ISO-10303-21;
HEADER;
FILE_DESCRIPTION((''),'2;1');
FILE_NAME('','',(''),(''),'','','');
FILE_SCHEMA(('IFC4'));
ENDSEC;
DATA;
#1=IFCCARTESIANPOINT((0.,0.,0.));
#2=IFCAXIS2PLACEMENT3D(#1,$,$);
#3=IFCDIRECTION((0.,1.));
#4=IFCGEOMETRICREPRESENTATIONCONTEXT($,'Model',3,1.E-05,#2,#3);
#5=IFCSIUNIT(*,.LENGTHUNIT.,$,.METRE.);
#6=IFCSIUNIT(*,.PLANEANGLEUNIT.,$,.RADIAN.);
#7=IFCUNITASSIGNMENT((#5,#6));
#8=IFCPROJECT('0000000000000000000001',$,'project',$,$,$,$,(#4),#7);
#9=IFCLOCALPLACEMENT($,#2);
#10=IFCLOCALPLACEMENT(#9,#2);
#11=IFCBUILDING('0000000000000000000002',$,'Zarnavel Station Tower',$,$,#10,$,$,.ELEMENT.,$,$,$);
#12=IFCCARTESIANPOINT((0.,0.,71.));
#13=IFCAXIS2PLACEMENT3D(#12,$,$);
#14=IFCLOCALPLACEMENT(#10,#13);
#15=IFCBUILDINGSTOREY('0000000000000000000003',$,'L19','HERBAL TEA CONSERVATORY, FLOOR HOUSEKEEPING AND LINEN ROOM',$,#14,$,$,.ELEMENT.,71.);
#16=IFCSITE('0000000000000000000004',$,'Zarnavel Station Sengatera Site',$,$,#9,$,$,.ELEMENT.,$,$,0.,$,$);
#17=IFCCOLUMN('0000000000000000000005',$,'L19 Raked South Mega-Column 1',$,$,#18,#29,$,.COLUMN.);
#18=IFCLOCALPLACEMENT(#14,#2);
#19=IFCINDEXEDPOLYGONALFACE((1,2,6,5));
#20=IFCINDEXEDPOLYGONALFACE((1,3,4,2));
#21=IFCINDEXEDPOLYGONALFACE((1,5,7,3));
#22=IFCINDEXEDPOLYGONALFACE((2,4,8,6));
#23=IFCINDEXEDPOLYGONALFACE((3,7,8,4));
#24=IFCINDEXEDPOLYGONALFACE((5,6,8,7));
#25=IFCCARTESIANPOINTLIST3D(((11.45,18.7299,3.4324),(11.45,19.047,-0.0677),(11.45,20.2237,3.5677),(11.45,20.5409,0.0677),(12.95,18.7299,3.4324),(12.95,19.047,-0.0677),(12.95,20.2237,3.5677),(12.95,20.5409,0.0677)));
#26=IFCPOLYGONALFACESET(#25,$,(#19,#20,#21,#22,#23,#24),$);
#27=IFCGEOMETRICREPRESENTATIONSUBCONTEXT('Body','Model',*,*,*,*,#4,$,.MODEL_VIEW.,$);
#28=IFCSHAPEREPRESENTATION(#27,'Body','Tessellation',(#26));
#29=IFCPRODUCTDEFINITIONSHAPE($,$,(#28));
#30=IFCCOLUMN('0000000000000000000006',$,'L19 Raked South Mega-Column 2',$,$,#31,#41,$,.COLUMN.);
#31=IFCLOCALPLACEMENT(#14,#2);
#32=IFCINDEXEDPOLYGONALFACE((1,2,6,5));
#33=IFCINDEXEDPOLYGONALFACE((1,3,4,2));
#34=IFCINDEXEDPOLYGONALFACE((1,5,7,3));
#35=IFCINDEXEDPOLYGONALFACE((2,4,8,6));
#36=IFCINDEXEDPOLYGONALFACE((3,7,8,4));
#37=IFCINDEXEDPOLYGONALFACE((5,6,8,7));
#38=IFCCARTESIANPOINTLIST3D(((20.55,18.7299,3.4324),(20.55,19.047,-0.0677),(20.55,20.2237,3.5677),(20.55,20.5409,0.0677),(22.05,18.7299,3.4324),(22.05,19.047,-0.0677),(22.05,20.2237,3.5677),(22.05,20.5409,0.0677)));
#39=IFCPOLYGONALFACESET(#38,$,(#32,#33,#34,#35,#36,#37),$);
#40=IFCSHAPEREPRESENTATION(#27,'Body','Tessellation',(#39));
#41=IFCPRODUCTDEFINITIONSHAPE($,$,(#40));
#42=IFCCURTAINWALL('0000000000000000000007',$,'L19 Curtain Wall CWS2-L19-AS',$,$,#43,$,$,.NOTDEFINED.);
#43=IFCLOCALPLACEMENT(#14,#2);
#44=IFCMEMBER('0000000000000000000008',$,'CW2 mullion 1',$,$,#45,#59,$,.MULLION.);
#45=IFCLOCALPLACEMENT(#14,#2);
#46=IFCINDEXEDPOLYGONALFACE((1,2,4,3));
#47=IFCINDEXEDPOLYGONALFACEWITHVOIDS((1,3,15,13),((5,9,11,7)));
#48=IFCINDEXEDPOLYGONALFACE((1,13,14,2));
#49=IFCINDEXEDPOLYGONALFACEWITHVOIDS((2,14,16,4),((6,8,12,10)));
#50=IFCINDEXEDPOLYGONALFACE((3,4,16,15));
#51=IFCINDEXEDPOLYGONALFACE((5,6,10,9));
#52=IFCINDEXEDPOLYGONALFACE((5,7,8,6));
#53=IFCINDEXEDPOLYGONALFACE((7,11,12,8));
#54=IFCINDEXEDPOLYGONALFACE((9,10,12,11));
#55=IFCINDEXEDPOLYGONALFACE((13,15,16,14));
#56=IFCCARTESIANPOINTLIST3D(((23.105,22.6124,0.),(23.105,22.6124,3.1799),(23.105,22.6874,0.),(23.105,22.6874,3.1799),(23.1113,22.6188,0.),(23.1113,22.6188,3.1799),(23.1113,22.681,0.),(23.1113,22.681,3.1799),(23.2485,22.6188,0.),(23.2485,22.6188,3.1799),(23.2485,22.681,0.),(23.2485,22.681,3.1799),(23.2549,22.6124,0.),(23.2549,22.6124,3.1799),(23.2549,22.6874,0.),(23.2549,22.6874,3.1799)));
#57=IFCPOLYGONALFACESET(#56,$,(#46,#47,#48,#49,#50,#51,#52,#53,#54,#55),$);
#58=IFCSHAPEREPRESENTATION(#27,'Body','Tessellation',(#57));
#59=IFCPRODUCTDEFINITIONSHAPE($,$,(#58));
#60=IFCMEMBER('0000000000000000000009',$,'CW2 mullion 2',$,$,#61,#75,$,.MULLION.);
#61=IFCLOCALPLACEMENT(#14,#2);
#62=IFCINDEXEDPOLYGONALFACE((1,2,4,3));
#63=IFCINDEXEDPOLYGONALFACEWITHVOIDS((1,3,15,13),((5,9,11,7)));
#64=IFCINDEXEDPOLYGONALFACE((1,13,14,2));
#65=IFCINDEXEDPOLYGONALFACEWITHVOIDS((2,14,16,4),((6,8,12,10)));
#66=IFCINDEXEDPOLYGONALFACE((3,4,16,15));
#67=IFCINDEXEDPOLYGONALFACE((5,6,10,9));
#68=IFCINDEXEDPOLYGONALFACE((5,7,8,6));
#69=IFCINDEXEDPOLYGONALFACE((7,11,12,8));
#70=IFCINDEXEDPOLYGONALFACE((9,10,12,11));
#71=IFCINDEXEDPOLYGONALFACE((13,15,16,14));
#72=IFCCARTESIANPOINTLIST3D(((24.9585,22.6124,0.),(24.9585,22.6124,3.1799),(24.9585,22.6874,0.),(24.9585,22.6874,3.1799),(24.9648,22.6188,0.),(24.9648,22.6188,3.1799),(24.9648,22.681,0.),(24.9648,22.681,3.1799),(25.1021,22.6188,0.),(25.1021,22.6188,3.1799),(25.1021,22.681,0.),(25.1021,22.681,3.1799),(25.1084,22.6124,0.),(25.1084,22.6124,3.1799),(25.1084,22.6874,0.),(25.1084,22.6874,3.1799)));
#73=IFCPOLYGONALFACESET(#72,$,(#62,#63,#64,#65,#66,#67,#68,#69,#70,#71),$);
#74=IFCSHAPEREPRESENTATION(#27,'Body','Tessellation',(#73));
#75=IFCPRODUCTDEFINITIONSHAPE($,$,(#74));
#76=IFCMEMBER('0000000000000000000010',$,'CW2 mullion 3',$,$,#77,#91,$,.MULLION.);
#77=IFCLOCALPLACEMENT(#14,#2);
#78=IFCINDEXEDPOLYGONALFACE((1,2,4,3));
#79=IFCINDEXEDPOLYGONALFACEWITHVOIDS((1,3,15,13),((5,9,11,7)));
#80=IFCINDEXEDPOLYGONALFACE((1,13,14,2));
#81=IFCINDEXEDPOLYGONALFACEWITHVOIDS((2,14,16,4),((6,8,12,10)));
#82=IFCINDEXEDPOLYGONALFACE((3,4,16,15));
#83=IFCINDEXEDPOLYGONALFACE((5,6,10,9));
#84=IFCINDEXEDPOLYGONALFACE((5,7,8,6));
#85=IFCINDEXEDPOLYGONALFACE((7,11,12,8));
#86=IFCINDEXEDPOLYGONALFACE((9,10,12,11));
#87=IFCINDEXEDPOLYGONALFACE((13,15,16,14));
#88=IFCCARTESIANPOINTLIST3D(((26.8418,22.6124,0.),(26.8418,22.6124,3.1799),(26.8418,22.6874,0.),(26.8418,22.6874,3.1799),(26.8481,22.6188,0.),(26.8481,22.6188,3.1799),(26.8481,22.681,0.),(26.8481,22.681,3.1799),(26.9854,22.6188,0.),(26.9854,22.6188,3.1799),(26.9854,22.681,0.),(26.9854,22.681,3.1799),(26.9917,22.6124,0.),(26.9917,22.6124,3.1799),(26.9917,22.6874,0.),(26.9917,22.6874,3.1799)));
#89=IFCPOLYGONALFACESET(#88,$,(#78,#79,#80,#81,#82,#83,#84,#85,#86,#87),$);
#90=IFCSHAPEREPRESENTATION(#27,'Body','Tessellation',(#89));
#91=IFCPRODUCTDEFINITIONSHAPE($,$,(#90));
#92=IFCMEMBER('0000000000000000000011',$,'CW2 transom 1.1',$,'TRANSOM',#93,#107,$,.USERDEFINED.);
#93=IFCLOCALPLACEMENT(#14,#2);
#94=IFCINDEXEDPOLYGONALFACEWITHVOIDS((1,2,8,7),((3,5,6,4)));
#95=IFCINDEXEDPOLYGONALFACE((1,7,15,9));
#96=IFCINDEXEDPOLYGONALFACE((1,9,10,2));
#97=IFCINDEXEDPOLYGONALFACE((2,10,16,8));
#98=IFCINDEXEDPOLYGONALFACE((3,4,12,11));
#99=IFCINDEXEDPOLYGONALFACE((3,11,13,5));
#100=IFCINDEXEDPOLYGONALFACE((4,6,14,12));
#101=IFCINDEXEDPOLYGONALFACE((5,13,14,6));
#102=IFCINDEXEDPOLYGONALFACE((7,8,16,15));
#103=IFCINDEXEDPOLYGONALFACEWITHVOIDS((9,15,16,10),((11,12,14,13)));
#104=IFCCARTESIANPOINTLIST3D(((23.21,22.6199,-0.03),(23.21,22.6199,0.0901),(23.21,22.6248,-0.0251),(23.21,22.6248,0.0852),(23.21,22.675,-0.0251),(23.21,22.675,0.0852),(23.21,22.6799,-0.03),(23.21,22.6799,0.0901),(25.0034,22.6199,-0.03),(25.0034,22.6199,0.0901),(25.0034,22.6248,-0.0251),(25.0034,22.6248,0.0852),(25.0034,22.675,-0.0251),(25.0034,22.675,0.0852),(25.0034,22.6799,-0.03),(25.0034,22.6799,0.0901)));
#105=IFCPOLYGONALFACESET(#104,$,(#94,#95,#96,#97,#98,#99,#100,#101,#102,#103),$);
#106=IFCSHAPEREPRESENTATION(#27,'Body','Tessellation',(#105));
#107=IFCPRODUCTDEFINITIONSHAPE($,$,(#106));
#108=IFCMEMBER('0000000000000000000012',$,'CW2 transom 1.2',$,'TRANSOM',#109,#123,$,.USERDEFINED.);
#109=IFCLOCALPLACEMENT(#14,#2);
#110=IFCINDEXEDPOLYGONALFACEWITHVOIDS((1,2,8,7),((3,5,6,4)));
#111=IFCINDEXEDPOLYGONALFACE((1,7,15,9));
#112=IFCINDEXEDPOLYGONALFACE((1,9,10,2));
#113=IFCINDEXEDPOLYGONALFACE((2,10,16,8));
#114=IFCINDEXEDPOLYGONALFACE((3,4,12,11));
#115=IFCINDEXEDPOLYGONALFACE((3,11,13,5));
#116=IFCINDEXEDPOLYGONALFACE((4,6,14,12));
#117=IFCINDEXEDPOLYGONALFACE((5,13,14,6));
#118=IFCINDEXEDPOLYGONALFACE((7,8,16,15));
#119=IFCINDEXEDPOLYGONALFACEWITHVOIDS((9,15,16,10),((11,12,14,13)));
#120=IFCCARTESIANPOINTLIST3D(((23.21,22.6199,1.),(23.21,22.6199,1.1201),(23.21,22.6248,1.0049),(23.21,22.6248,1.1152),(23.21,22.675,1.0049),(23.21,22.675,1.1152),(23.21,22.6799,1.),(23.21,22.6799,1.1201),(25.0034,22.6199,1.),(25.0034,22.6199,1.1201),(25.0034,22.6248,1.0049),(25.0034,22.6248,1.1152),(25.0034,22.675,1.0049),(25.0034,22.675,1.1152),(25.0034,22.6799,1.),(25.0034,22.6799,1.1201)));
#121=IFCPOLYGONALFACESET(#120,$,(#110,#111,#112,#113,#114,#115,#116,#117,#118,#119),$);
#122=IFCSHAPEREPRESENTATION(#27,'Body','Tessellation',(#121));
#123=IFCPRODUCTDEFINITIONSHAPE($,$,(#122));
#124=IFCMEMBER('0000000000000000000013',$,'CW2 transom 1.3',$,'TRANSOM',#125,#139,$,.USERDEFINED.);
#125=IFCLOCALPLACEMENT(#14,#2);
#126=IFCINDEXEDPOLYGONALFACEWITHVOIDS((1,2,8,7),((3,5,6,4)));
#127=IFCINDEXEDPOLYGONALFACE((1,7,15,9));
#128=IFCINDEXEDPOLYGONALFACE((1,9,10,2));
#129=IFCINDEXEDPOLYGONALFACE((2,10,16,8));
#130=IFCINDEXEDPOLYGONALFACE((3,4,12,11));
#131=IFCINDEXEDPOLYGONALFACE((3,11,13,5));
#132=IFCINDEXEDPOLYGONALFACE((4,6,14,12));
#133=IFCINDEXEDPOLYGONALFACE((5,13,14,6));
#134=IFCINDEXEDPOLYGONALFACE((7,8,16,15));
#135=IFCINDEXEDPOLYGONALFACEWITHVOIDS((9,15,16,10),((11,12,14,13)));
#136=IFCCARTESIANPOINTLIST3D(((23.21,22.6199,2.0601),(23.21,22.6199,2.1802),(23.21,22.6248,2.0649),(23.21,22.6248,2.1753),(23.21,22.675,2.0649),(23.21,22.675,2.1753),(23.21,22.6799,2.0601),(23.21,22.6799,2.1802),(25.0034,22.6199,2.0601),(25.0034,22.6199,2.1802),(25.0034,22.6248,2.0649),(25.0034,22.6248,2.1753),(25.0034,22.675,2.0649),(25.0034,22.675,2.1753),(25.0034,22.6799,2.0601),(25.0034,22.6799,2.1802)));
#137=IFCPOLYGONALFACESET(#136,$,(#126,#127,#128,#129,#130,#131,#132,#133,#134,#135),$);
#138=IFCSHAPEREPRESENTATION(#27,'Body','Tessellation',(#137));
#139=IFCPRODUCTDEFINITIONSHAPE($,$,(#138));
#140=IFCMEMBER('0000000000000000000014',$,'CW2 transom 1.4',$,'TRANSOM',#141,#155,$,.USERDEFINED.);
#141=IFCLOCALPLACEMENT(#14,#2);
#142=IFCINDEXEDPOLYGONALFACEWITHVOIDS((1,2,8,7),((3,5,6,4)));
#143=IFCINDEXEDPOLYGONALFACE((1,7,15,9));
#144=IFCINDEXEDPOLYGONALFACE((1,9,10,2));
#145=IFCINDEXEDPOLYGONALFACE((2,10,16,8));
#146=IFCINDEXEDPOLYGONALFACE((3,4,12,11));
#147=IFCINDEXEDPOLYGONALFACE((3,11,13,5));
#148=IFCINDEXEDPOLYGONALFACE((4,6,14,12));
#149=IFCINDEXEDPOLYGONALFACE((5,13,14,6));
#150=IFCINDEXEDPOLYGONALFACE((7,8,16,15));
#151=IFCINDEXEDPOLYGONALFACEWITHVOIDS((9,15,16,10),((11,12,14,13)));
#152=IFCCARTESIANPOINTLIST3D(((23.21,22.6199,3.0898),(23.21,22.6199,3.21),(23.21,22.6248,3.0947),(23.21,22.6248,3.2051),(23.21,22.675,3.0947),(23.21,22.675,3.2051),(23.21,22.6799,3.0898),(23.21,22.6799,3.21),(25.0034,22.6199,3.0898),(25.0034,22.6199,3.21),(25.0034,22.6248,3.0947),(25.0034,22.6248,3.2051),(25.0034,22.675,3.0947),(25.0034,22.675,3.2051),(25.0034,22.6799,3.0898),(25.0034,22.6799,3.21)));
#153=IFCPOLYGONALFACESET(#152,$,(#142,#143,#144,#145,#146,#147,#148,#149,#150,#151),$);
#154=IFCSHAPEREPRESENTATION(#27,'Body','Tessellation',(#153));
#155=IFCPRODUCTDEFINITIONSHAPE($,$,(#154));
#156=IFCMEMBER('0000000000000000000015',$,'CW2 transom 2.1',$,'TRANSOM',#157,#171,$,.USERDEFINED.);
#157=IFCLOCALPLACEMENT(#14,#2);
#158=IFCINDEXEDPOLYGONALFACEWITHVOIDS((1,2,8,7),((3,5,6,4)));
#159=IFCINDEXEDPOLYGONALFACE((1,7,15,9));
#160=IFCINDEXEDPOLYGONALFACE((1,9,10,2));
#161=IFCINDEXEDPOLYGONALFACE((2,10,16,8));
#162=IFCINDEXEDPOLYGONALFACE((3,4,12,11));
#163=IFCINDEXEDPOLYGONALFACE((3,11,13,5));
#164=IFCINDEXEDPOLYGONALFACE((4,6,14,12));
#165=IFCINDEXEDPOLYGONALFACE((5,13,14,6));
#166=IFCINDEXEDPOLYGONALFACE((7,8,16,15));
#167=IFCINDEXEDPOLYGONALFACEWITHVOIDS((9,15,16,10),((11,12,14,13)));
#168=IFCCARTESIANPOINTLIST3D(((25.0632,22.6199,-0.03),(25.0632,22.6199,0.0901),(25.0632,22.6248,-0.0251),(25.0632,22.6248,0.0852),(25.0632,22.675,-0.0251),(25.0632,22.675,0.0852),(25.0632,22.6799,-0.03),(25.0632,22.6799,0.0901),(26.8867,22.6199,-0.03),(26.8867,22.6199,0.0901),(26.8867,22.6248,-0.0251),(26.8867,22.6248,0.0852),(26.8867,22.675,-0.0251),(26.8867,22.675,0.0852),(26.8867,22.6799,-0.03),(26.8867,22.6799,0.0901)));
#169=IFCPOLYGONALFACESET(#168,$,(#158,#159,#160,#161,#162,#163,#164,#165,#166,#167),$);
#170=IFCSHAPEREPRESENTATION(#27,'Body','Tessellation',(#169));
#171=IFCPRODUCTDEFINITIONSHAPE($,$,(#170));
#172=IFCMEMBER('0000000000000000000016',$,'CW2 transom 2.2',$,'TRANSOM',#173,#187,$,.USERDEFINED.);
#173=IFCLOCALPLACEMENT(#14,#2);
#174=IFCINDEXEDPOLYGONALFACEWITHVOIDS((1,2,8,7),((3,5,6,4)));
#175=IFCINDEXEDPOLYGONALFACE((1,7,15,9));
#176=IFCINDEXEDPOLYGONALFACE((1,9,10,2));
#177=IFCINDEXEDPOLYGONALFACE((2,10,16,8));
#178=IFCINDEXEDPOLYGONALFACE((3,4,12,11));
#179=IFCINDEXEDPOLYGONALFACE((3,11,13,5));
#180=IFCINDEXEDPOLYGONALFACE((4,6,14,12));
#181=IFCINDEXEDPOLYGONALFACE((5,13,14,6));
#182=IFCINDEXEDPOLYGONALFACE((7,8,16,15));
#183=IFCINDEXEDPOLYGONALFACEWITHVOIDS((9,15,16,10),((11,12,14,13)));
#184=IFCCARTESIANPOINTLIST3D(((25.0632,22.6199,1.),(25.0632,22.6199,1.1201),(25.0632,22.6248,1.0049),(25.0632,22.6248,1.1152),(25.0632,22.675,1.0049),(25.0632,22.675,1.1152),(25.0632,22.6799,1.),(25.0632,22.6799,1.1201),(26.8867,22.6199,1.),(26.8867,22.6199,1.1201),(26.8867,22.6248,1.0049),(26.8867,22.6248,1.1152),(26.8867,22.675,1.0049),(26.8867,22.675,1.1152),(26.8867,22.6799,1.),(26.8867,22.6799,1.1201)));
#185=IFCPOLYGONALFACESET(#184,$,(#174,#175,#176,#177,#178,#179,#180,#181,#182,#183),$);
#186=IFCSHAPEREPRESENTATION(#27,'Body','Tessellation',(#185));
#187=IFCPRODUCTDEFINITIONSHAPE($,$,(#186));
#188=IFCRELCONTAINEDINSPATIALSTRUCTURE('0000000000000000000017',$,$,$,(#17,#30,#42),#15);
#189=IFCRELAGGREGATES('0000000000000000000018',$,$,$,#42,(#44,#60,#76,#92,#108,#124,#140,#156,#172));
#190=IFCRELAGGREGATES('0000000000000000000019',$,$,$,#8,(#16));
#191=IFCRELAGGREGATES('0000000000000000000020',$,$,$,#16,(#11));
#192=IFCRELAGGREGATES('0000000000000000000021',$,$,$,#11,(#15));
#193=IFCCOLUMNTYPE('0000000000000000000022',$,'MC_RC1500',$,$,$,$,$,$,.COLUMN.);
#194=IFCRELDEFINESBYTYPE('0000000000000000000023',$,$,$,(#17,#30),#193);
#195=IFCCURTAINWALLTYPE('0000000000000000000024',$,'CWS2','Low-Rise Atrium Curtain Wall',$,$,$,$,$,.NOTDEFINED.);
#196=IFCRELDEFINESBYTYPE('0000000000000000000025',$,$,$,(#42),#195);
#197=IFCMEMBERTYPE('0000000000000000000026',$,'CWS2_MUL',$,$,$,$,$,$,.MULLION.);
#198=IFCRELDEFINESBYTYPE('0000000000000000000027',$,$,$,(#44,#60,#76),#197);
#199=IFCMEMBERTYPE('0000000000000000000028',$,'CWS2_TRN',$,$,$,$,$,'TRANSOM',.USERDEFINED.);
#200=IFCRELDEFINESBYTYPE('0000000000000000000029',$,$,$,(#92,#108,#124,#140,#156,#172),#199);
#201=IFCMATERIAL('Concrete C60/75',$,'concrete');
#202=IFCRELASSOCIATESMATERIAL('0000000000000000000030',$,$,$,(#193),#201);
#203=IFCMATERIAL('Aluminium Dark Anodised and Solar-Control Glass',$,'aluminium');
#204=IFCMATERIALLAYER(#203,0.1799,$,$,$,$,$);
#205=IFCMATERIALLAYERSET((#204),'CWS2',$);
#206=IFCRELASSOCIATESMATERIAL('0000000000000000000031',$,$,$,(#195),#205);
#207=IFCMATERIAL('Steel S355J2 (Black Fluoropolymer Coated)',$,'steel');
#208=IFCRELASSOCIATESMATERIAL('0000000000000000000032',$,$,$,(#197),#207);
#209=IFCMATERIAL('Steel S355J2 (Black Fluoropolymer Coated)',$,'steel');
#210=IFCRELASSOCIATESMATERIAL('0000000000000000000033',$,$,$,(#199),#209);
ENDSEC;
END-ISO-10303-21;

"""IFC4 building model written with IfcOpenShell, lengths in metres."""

from ifc_helpers import new_model, si_unit, direction, frame, origin, origin_2d, place, context, subcontext, project, spatial, rectangle, hollow_rectangle, extrude, material, layer, layer_set, material_profile, profile_set, type_object, element, aggregate, save


model = new_model("IFC4")

# Units and contexts
model_context = context("Model", 3, precision=1e-05, world=origin(), true_north=direction((0.0, 1.0)))
body_context = subcontext(model_context, "Body", "Model", "MODEL_VIEW")
ifc_project = project(units=[si_unit("LENGTHUNIT", "METRE"), si_unit("PLANEANGLEUNIT", "RADIAN")], contexts=[model_context])

# Site, building, storey
site_placement = place(None, origin())
site = spatial("IfcSite", under=ifc_project, at=site_placement, Name="Zarnavel Station Sengatera Site", CompositionType="ELEMENT", RefElevation=0.0)
building_placement = place(site_placement, origin())
building = spatial("IfcBuilding", under=site, at=building_placement, Name="Zarnavel Station Tower", CompositionType="ELEMENT")
storey_placement = place(building_placement, frame((0.0, 0.0, 71.0)))
storey = spatial("IfcBuildingStorey", under=building, at=storey_placement, Name="L19", Description="HERBAL TEA CONSERVATORY, FLOOR HOUSEKEEPING AND LINEN ROOM", CompositionType="ELEMENT", Elevation=71.0)

# Columns
ifc_material_1 = material(Name="Concrete C60/75", Category="concrete")
ifc_material_profile_1 = material_profile(ifc_material_1, rectangle(XDim=1.5, YDim=1.5, at=origin_2d()), Name="RC1500x1500")
ifc_profile_set_1 = profile_set([ifc_material_profile_1], Name="Concrete C60/75")
column_type = type_object("IfcColumnType", Name="MC_RC1500", PredefinedType="COLUMN", material=ifc_profile_set_1)
for number, where, z_axis, x_axis, name in (
    (1, (12.2, 19.7939, 0.0), (0.0, -0.090241, 0.99592), (1.0, 0.0, 0.0), "L19 Raked South Mega-Column 1"),
    (2, (21.3, 19.7939, 0.0), (0.0, -0.090241, 0.99592), (1.0, 0.0, 0.0), "L19 Raked South Mega-Column 2"),
):
    element("IfcColumn", number, at=place(storey_placement, frame(where, z_axis=z_axis, x_axis=x_axis)), inside=storey, type_object=column_type, Name=name, PredefinedType="COLUMN", context=body_context, shape_type="SweptSolid", body=[
        extrude(rectangle(XDim=1.5, YDim=1.5, at=origin_2d()), origin(), (0.0, 0.0, 1.0), 3.5144),
    ])

# Curtain wall, members
ifc_material_2 = material(Name="Aluminium Dark Anodised and Solar-Control Glass", Category="aluminium")
ifc_layer_1 = layer(ifc_material_2, 0.1799)
ifc_layer_set_1 = layer_set([ifc_layer_1], Name="CWS2")
curtain_wall_type = type_object("IfcCurtainWallType", Name="CWS2", Description="Low-Rise Atrium Curtain Wall", PredefinedType="NOTDEFINED", material=ifc_layer_set_1)
curtain_wall_placement = place(storey_placement, origin())
curtain_wall = element("IfcCurtainWall", 3, at=curtain_wall_placement, inside=storey, type_object=curtain_wall_type, Name="L19 Curtain Wall CWS2-L19-AS", PredefinedType="NOTDEFINED")
ifc_material_3 = material(Name="Steel S355J2 (Black Fluoropolymer Coated)", Category="steel")
ifc_material_profile_2 = material_profile(ifc_material_3, hollow_rectangle(XDim=0.075, YDim=0.1499, WallThickness=0.0063, at=origin_2d()), Name="RHS150x75x6.3")
ifc_profile_set_2 = profile_set([ifc_material_profile_2], Name="Steel S355J2 (Black Fluoropolymer Coated)")
member_type_1 = type_object("IfcMemberType", Name="CWS2_MUL", PredefinedType="MULLION", material=ifc_profile_set_2)
member_1_placement = place(storey_placement, frame((23.1799, 22.6499, 0.0), z_axis=(0.0, 0.0, 1.0), x_axis=(0.0, 1.0, 0.0)))
member_1 = element("IfcMember", 4, at=member_1_placement, type_object=member_type_1, Name="CW2 mullion 1", PredefinedType="MULLION", context=body_context, shape_type="SweptSolid", body=[
    extrude(hollow_rectangle(XDim=0.075, YDim=0.1499, WallThickness=0.0063, at=origin_2d()), origin(), (0.0, 0.0, 1.0), 3.1799),
])
member_2_placement = place(storey_placement, frame((25.0334, 22.6499, 0.0), z_axis=(0.0, 0.0, 1.0), x_axis=(0.0, 1.0, 0.0)))
member_2 = element("IfcMember", 5, at=member_2_placement, type_object=member_type_1, Name="CW2 mullion 2", PredefinedType="MULLION", context=body_context, shape_type="SweptSolid", body=[
    extrude(hollow_rectangle(XDim=0.075, YDim=0.1499, WallThickness=0.0063, at=origin_2d()), origin(), (0.0, 0.0, 1.0), 3.1799),
])
member_3_placement = place(storey_placement, frame((26.9167, 22.6499, 0.0), z_axis=(0.0, 0.0, 1.0), x_axis=(0.0, 1.0, 0.0)))
member_3 = element("IfcMember", 6, at=member_3_placement, type_object=member_type_1, Name="CW2 mullion 3", PredefinedType="MULLION", context=body_context, shape_type="SweptSolid", body=[
    extrude(hollow_rectangle(XDim=0.075, YDim=0.1499, WallThickness=0.0063, at=origin_2d()), origin(), (0.0, 0.0, 1.0), 3.1799),
])
ifc_material_4 = material(Name="Steel S355J2 (Black Fluoropolymer Coated)", Category="steel")
ifc_material_profile_3 = material_profile(ifc_material_4, hollow_rectangle(XDim=0.0601, YDim=0.1201, WallThickness=0.0049, at=origin_2d()), Name="RHS120x60x5")
ifc_profile_set_3 = profile_set([ifc_material_profile_3], Name="Steel S355J2 (Black Fluoropolymer Coated)")
member_type_2 = type_object("IfcMemberType", Name="CWS2_TRN", ElementType="TRANSOM", PredefinedType="USERDEFINED", material=ifc_profile_set_3)
member_4_placement = place(storey_placement, frame((23.21, 22.6499, 0.03), z_axis=(1.0, 0.0, 0.0), x_axis=(0.0, 1.0, 0.0)))
member_4 = element("IfcMember", 7, at=member_4_placement, type_object=member_type_2, Name="CW2 transom 1.1", ObjectType="TRANSOM", PredefinedType="USERDEFINED", context=body_context, shape_type="SweptSolid", body=[
    extrude(hollow_rectangle(XDim=0.0601, YDim=0.1201, WallThickness=0.0049, at=origin_2d()), origin(), (0.0, 0.0, 1.0), 1.7935),
])
member_5_placement = place(storey_placement, frame((23.21, 22.6499, 1.0601), z_axis=(1.0, 0.0, 0.0), x_axis=(0.0, 1.0, 0.0)))
member_5 = element("IfcMember", 8, at=member_5_placement, type_object=member_type_2, Name="CW2 transom 1.2", ObjectType="TRANSOM", PredefinedType="USERDEFINED", context=body_context, shape_type="SweptSolid", body=[
    extrude(hollow_rectangle(XDim=0.0601, YDim=0.1201, WallThickness=0.0049, at=origin_2d()), origin(), (0.0, 0.0, 1.0), 1.7935),
])
member_6_placement = place(storey_placement, frame((23.21, 22.6499, 2.1201), z_axis=(1.0, 0.0, 0.0), x_axis=(0.0, 1.0, 0.0)))
member_6 = element("IfcMember", 9, at=member_6_placement, type_object=member_type_2, Name="CW2 transom 1.3", ObjectType="TRANSOM", PredefinedType="USERDEFINED", context=body_context, shape_type="SweptSolid", body=[
    extrude(hollow_rectangle(XDim=0.0601, YDim=0.1201, WallThickness=0.0049, at=origin_2d()), origin(), (0.0, 0.0, 1.0), 1.7935),
])
member_7_placement = place(storey_placement, frame((23.21, 22.6499, 3.1499), z_axis=(1.0, 0.0, 0.0), x_axis=(0.0, 1.0, 0.0)))
member_7 = element("IfcMember", 10, at=member_7_placement, type_object=member_type_2, Name="CW2 transom 1.4", ObjectType="TRANSOM", PredefinedType="USERDEFINED", context=body_context, shape_type="SweptSolid", body=[
    extrude(hollow_rectangle(XDim=0.0601, YDim=0.1201, WallThickness=0.0049, at=origin_2d()), origin(), (0.0, 0.0, 1.0), 1.7935),
])
member_8_placement = place(storey_placement, frame((25.0632, 22.6499, 0.03), z_axis=(1.0, 0.0, 0.0), x_axis=(0.0, 1.0, 0.0)))
member_8 = element("IfcMember", 11, at=member_8_placement, type_object=member_type_2, Name="CW2 transom 2.1", ObjectType="TRANSOM", PredefinedType="USERDEFINED", context=body_context, shape_type="SweptSolid", body=[
    extrude(hollow_rectangle(XDim=0.0601, YDim=0.1201, WallThickness=0.0049, at=origin_2d()), origin(), (0.0, 0.0, 1.0), 1.8235),
])
member_9_placement = place(storey_placement, frame((25.0632, 22.6499, 1.0601), z_axis=(1.0, 0.0, 0.0), x_axis=(0.0, 1.0, 0.0)))
member_9 = element("IfcMember", 12, at=member_9_placement, type_object=member_type_2, Name="CW2 transom 2.2", ObjectType="TRANSOM", PredefinedType="USERDEFINED", context=body_context, shape_type="SweptSolid", body=[
    extrude(hollow_rectangle(XDim=0.0601, YDim=0.1201, WallThickness=0.0049, at=origin_2d()), origin(), (0.0, 0.0, 1.0), 1.8235),
])

aggregate(curtain_wall, [member_1, member_2, member_3, member_4, member_5, member_6, member_7, member_8, member_9])

save(model, "model.ifc")
